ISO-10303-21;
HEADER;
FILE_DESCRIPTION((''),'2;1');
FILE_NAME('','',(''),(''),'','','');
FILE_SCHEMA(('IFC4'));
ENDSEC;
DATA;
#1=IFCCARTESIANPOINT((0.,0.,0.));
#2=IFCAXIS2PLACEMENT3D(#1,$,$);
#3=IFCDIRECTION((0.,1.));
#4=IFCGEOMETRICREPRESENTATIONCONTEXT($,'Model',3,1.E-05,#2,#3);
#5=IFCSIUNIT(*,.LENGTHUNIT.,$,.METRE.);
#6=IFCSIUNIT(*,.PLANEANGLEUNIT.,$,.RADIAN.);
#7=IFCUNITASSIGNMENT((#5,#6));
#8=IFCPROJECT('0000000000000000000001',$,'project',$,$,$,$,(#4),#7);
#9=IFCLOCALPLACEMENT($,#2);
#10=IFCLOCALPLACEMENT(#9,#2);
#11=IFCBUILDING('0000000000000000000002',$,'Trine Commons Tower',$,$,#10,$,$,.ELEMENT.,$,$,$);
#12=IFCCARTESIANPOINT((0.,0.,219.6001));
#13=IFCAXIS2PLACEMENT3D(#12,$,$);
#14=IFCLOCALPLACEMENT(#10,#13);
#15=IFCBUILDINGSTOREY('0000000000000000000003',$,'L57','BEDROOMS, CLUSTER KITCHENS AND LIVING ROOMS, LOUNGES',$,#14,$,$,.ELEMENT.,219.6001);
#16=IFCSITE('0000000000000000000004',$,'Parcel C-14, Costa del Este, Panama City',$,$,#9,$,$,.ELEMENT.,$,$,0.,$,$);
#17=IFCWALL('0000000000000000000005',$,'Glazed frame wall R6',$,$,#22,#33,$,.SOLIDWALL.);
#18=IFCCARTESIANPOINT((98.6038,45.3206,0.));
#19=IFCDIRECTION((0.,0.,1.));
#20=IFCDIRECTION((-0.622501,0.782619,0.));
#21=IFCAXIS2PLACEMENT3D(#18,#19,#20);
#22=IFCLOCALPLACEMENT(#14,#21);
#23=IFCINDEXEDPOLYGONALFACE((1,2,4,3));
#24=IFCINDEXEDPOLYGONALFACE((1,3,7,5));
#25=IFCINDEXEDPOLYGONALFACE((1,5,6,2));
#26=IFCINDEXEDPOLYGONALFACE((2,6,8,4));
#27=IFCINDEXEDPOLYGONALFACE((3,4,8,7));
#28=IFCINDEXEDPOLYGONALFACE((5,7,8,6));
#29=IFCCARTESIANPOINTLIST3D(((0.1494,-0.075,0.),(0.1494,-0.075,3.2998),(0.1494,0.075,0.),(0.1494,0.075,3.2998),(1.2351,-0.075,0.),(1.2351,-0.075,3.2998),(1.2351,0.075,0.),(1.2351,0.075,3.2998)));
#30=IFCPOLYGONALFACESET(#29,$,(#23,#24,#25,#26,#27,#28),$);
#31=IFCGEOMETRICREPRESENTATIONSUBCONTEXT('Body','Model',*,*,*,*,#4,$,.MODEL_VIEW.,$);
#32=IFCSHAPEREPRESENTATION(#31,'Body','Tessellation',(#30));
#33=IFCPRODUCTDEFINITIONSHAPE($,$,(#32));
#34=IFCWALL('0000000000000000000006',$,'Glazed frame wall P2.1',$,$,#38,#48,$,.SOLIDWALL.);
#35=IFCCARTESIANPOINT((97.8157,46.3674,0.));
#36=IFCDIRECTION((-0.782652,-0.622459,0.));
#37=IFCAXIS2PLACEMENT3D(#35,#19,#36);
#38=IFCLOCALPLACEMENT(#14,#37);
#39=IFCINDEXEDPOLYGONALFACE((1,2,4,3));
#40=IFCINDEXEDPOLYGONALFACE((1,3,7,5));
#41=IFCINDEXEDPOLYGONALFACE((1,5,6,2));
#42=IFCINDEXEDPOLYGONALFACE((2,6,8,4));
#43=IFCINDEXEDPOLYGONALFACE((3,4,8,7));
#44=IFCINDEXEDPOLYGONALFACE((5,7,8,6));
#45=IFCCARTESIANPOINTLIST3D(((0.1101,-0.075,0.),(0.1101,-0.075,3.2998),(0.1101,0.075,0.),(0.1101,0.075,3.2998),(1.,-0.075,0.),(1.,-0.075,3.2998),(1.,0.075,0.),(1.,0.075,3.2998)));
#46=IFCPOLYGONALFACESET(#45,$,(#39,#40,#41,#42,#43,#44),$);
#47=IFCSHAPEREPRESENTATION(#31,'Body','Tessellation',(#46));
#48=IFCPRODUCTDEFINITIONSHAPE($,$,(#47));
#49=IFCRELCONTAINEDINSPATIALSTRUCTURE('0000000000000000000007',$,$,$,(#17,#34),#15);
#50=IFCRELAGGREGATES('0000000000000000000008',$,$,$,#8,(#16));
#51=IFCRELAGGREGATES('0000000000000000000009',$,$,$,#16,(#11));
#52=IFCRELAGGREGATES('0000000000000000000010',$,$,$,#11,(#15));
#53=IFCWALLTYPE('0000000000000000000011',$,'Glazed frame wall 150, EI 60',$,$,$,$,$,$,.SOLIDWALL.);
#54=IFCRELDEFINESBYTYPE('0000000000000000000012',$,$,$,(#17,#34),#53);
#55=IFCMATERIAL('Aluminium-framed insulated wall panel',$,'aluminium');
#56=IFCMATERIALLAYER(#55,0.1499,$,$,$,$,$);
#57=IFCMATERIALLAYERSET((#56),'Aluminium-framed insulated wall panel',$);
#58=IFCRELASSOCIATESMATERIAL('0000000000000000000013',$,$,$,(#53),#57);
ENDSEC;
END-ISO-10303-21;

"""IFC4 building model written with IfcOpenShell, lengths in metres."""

from ifc_helpers import new_model, si_unit, direction, frame, origin, place, context, subcontext, project, spatial, polyline, outline, extrude, material, layer, layer_set, type_object, element, save


model = new_model("IFC4")

# Units and contexts
model_context = context("Model", 3, precision=1e-05, world=origin(), true_north=direction((0.0, 1.0)))
body_context = subcontext(model_context, "Body", "Model", "MODEL_VIEW")
ifc_project = project(units=[si_unit("LENGTHUNIT", "METRE"), si_unit("PLANEANGLEUNIT", "RADIAN")], contexts=[model_context])

# Site, building, storey
site_placement = place(None, origin())
site = spatial("IfcSite", under=ifc_project, at=site_placement, Name="Parcel C-14, Costa del Este, Panama City", CompositionType="ELEMENT", RefElevation=0.0)
building_placement = place(site_placement, origin())
building = spatial("IfcBuilding", under=site, at=building_placement, Name="Trine Commons Tower", CompositionType="ELEMENT")
storey_placement = place(building_placement, frame((0.0, 0.0, 219.6001)))
storey = spatial("IfcBuildingStorey", under=building, at=storey_placement, Name="L57", Description="BEDROOMS, CLUSTER KITCHENS AND LIVING ROOMS, LOUNGES", CompositionType="ELEMENT", Elevation=219.6001)

# Walls
ifc_material_1 = material(Name="Aluminium-framed insulated wall panel", Category="aluminium")
ifc_layer_1 = layer(ifc_material_1, 0.1499)
ifc_layer_set_1 = layer_set([ifc_layer_1], Name="Aluminium-framed insulated wall panel")
wall_type_1 = type_object("IfcWallType", Name="Glazed frame wall 150, EI 60", PredefinedType="SOLIDWALL", material=ifc_layer_set_1)
wall_1_placement = place(storey_placement, frame((98.6038, 45.3206, 0.0), z_axis=(0.0, 0.0, 1.0), x_axis=(-0.622501, 0.782619, 0.0)))
element("IfcWall", 1, at=wall_1_placement, inside=storey, type_object=wall_type_1, Name="Glazed frame wall R6", PredefinedType="SOLIDWALL", context=body_context, shape_type="SweptSolid", body=[
    extrude(outline(polyline([(0.1494, 0.075), (0.1494, -0.075), (1.2351, -0.075), (1.2351, 0.075), (0.1494, 0.075)])), origin(), (0.0, 0.0, 1.0), 3.2998),
])
wall_2_placement = place(storey_placement, frame((97.8157, 46.3674, 0.0), z_axis=(0.0, 0.0, 1.0), x_axis=(-0.782652, -0.622459, 0.0)))
element("IfcWall", 2, at=wall_2_placement, inside=storey, type_object=wall_type_1, Name="Glazed frame wall P2.1", PredefinedType="SOLIDWALL", context=body_context, shape_type="SweptSolid", body=[
    extrude(outline(polyline([(0.1101, -0.075), (1.0, -0.075), (1.0, 0.075), (0.1101, 0.075), (0.1101, -0.075)])), origin(), (0.0, 0.0, 1.0), 3.2998),
])

save(model, "model.ifc")
